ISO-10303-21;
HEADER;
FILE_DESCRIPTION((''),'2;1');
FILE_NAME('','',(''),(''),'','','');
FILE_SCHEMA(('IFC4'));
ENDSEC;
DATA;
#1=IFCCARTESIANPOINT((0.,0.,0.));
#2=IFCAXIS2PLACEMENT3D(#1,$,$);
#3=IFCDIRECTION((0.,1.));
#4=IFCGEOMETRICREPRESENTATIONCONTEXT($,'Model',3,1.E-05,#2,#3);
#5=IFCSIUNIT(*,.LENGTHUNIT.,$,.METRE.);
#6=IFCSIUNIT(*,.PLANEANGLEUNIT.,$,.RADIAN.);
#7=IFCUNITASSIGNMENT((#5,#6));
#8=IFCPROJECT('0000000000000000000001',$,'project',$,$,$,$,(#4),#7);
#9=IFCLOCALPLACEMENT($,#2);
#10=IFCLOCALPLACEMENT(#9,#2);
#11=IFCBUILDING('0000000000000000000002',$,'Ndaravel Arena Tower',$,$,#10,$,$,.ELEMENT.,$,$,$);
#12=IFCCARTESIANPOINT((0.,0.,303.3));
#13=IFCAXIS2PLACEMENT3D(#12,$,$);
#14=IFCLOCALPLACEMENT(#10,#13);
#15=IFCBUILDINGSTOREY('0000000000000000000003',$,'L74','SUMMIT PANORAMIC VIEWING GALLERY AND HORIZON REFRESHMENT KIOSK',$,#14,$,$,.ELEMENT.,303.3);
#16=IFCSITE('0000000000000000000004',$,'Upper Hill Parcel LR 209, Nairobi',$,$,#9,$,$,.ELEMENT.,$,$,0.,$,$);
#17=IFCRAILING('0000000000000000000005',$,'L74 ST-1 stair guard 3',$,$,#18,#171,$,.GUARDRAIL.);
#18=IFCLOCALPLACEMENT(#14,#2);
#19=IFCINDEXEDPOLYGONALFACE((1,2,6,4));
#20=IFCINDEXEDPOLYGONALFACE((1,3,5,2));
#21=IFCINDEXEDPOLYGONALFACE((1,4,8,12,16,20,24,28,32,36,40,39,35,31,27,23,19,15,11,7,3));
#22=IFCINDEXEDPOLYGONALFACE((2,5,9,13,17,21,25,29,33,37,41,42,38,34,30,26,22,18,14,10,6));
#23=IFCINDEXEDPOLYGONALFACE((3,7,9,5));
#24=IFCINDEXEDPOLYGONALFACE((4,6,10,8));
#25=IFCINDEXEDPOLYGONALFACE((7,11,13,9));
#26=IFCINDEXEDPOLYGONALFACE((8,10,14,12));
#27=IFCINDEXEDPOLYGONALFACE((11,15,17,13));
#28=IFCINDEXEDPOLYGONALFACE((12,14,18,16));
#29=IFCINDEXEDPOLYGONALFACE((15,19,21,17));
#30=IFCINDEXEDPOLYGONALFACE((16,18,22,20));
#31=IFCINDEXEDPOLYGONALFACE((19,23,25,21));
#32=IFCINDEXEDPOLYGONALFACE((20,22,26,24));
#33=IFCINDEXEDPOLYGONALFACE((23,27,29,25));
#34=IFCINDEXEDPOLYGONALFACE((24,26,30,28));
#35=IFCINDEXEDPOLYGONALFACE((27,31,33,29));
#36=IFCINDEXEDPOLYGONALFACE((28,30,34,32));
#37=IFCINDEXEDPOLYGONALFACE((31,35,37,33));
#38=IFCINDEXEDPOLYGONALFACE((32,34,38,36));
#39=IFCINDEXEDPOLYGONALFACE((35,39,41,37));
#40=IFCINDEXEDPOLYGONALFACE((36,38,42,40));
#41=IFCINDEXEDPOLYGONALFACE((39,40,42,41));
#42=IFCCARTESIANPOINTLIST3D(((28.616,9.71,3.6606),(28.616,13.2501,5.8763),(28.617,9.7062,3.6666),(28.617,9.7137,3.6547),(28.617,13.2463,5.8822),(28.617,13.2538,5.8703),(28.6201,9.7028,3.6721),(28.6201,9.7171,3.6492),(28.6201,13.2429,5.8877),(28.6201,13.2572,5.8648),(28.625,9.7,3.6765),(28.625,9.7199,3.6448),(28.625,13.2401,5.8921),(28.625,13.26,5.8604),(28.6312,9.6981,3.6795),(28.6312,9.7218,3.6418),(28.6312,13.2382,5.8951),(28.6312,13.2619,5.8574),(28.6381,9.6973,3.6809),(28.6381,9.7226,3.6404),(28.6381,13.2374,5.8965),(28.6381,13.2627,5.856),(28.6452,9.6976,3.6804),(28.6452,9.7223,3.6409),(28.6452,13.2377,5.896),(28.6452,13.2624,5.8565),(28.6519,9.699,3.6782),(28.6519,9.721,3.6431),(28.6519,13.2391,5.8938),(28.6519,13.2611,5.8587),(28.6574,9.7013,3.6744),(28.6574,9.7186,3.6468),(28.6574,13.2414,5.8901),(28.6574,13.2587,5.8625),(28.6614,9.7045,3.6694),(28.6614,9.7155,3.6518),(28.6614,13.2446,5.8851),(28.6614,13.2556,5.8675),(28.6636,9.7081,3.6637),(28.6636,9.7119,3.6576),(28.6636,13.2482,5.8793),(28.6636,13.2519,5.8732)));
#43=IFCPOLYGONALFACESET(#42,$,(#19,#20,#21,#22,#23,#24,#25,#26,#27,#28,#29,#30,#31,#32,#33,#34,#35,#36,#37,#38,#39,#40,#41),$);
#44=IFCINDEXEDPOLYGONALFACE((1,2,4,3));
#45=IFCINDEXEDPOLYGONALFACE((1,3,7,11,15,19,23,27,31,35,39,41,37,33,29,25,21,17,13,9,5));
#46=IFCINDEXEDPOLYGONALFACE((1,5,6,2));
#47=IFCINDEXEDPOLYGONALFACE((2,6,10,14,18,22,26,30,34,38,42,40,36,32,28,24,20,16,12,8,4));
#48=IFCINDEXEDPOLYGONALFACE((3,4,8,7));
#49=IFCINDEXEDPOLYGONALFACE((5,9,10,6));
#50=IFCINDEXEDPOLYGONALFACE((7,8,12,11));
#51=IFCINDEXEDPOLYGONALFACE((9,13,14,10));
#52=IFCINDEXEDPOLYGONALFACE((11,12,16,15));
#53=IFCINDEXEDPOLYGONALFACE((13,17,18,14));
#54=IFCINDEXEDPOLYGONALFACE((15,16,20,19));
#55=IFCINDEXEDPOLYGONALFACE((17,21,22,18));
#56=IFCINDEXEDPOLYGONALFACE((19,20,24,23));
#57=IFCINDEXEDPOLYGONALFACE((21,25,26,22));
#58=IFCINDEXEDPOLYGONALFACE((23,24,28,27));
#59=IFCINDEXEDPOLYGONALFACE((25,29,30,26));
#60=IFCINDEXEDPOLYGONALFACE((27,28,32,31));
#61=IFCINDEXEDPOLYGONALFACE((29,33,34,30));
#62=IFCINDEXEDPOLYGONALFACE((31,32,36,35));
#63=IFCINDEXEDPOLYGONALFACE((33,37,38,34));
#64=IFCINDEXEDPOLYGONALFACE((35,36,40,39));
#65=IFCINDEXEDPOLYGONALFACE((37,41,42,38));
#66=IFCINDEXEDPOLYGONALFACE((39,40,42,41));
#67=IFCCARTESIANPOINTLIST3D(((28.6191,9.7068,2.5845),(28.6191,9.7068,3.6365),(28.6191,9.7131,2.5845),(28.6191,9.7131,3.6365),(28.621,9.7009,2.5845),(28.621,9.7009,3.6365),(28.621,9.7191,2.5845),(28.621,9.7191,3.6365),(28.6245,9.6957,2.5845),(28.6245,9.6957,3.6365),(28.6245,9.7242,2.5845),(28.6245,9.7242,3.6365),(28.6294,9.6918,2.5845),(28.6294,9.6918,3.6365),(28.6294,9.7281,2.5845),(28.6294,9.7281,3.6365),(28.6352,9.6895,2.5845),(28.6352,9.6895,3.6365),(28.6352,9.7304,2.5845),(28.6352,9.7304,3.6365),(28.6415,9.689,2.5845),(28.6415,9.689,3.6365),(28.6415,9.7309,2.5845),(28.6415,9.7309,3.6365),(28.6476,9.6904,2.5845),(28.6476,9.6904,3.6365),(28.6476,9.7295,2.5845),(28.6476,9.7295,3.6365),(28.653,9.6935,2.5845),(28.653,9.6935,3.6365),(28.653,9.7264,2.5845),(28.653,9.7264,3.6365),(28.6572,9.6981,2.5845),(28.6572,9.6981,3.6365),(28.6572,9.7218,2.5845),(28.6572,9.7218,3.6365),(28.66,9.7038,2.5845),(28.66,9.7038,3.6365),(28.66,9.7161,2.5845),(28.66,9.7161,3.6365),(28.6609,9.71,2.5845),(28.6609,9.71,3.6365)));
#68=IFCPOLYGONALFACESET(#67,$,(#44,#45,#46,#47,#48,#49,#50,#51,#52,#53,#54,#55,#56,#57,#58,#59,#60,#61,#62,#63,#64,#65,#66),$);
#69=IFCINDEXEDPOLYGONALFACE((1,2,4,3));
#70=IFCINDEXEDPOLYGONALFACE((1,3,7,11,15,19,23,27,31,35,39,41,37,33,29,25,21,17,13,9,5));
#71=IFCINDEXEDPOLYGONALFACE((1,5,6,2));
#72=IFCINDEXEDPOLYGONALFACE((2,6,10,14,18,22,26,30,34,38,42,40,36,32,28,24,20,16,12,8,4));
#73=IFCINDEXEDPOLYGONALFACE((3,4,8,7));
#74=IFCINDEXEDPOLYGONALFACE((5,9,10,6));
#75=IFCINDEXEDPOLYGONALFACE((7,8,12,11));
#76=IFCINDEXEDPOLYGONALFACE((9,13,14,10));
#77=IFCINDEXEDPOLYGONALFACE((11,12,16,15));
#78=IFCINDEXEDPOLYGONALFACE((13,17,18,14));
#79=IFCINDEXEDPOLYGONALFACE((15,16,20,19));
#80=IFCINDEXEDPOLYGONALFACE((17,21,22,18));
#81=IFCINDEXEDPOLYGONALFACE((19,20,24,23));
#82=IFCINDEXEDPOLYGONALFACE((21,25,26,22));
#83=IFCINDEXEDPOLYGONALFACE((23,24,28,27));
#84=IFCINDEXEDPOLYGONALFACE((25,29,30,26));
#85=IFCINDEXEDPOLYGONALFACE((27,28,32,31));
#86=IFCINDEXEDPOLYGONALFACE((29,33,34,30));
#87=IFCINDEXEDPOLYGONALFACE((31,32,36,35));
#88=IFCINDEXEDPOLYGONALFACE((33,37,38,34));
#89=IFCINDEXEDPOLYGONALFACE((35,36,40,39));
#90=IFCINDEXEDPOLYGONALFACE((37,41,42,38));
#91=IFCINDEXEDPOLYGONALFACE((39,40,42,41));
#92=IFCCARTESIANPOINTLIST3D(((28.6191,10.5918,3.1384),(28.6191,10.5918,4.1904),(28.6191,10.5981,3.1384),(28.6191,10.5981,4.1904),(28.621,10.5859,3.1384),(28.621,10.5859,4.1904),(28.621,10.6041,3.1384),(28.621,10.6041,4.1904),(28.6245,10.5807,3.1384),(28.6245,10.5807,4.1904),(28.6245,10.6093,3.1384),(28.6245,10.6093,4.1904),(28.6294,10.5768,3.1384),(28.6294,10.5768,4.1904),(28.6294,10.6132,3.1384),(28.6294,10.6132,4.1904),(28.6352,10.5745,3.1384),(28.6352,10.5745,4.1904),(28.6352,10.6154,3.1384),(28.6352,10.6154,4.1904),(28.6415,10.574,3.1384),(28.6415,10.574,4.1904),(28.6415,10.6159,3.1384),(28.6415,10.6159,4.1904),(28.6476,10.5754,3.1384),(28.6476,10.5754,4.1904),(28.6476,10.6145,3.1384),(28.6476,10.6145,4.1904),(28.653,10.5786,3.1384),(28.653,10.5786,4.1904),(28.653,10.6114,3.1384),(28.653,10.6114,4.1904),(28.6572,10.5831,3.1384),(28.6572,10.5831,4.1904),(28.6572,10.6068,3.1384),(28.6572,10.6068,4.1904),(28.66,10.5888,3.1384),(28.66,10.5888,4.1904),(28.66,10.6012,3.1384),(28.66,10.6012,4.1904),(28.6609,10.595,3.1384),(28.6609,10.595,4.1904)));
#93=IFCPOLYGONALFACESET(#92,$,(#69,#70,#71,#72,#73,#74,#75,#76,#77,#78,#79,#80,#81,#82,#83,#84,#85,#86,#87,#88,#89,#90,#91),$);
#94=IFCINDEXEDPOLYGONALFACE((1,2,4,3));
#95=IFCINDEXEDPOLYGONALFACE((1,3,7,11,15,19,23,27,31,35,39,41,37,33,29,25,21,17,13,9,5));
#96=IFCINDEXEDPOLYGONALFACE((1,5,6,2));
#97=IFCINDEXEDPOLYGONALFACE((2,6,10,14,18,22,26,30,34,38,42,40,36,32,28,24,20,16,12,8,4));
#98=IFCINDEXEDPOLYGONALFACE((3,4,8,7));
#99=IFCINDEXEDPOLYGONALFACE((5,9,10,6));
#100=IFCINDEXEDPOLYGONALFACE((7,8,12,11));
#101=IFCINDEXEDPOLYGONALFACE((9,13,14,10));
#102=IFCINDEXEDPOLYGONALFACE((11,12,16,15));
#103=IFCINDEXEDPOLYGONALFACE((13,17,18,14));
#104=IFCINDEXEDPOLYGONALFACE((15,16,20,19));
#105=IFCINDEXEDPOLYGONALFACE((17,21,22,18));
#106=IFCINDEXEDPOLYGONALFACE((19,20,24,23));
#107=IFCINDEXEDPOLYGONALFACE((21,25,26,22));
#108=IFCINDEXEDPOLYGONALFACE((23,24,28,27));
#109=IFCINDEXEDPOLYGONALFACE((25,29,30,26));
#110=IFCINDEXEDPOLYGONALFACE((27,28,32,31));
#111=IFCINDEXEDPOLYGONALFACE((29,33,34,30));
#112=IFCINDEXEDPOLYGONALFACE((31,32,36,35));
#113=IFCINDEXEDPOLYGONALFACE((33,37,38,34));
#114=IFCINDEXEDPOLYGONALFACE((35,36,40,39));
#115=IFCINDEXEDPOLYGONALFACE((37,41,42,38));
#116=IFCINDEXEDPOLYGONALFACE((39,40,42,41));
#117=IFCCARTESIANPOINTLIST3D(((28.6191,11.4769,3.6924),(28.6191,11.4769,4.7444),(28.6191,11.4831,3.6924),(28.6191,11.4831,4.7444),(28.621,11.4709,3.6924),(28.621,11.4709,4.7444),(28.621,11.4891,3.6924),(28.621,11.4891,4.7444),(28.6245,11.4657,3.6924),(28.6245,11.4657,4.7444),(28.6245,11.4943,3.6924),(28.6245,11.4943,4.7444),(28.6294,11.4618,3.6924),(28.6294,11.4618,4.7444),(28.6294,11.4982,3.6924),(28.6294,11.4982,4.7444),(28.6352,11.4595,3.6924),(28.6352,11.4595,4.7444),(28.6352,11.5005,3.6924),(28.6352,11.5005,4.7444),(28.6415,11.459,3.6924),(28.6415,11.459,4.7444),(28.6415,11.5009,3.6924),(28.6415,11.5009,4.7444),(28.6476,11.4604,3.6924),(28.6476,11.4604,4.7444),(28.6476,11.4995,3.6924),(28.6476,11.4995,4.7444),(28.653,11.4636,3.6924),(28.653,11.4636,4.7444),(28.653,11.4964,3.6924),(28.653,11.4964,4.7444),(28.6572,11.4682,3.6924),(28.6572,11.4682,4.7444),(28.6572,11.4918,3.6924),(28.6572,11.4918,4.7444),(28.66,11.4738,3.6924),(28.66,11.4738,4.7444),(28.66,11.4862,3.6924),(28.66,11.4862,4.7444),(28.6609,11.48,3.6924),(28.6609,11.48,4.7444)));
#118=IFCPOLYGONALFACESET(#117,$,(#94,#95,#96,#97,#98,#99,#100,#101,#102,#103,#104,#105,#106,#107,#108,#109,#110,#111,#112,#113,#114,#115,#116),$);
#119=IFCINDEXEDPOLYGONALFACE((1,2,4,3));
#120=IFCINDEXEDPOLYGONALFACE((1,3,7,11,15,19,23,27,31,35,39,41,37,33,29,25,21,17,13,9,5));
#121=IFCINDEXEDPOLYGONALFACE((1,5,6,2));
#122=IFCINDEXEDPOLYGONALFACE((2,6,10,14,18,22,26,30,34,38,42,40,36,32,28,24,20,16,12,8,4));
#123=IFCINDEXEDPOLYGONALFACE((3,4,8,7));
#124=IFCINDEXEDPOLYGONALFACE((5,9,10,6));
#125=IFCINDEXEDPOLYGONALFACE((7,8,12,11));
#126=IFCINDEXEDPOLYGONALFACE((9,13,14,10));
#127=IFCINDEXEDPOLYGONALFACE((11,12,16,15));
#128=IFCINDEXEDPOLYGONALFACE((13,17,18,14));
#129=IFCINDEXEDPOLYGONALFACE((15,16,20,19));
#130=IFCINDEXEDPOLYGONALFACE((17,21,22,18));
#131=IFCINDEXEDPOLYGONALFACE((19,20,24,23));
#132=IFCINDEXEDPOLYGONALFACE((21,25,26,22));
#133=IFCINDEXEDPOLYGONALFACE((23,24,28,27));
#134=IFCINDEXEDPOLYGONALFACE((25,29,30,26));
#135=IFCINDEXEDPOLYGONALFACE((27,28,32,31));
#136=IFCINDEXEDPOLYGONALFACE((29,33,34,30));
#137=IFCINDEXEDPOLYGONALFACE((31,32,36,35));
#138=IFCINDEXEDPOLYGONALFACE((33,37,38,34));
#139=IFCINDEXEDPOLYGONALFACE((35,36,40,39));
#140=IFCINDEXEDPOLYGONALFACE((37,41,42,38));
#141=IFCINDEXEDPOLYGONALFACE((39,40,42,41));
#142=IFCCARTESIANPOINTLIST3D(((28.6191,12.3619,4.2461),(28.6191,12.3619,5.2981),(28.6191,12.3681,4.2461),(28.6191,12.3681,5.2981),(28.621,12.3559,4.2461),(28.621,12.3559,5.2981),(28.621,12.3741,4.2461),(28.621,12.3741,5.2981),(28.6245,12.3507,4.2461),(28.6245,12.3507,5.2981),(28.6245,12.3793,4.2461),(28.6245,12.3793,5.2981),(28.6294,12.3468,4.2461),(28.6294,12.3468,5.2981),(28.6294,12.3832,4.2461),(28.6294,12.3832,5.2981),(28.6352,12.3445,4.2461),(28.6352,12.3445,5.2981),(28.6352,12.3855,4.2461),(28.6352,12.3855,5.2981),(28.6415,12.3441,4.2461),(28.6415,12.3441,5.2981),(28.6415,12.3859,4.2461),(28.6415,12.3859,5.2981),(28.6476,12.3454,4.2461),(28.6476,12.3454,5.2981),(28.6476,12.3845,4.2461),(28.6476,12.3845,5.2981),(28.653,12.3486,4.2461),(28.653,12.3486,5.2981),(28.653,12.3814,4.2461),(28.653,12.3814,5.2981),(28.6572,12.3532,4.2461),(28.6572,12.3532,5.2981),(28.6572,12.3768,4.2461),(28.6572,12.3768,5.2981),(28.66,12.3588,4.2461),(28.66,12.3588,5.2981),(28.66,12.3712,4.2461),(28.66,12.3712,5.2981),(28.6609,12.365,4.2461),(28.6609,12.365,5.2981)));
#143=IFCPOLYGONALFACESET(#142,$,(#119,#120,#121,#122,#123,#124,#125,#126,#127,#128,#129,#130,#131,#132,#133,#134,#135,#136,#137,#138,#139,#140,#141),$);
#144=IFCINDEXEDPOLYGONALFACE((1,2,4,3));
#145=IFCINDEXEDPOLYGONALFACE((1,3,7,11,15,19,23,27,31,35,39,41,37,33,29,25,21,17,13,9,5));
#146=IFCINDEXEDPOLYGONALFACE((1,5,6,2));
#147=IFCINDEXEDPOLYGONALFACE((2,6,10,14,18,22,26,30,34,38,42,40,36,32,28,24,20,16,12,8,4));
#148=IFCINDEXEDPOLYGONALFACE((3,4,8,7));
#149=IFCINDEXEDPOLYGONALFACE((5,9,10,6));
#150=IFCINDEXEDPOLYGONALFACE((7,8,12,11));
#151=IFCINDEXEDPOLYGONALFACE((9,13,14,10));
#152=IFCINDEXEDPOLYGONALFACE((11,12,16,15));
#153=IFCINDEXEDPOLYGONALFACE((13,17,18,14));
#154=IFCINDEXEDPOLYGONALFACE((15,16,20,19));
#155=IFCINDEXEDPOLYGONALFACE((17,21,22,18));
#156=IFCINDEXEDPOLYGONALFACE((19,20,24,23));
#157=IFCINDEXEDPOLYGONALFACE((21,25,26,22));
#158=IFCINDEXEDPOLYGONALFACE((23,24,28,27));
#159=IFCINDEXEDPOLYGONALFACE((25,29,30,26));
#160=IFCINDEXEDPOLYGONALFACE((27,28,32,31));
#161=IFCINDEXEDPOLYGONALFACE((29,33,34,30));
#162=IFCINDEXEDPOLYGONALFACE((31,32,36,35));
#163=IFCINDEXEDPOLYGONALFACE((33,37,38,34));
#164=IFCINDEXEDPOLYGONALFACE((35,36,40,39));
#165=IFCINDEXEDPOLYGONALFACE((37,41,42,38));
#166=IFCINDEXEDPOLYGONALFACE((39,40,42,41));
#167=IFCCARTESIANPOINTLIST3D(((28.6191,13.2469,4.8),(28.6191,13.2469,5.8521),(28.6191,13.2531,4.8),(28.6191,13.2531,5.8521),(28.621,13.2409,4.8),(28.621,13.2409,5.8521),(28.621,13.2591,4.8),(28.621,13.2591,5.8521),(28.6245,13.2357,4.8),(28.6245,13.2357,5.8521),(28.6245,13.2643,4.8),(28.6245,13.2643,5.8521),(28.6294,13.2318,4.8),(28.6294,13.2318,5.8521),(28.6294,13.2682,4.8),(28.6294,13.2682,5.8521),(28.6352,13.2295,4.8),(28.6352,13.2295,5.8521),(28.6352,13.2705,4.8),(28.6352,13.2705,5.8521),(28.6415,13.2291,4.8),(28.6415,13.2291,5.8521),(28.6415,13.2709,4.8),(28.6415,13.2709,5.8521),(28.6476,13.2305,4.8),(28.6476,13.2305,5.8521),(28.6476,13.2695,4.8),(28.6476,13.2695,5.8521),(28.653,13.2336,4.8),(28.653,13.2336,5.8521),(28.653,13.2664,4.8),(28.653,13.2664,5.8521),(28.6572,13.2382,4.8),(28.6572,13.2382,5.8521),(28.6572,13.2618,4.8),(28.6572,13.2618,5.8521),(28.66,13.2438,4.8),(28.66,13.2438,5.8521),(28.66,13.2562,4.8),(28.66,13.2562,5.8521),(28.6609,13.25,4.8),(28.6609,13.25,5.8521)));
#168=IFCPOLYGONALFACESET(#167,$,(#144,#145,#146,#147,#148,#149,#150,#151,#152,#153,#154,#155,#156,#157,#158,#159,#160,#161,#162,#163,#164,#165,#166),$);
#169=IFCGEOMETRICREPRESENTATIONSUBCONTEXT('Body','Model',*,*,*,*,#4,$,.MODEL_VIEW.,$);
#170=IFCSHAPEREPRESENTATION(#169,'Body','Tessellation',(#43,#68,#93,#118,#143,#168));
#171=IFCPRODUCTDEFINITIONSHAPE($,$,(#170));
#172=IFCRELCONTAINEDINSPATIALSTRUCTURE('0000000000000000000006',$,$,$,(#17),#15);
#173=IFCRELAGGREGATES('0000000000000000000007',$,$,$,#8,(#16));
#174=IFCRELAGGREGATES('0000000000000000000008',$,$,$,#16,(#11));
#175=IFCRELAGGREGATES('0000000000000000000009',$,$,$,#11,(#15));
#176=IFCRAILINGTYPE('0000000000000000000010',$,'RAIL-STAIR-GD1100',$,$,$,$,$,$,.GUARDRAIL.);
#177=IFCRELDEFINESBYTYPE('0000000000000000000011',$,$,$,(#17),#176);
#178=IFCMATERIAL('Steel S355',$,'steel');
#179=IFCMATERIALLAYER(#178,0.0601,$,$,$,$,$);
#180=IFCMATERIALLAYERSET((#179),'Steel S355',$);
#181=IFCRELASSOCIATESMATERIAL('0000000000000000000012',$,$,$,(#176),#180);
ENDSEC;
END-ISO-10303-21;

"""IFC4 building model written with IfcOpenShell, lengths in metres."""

from ifc_helpers import new_model, si_unit, direction, frame, origin, origin_2d, place, context, subcontext, project, spatial, circle, extrude, material, layer, layer_set, type_object, element, save


model = new_model("IFC4")

# Units and contexts
model_context = context("Model", 3, precision=1e-05, world=origin(), true_north=direction((0.0, 1.0)))
body_context = subcontext(model_context, "Body", "Model", "MODEL_VIEW")
ifc_project = project(units=[si_unit("LENGTHUNIT", "METRE"), si_unit("PLANEANGLEUNIT", "RADIAN")], contexts=[model_context])

# Site, building, storey
site_placement = place(None, origin())
site = spatial("IfcSite", under=ifc_project, at=site_placement, Name="Upper Hill Parcel LR 209, Nairobi", CompositionType="ELEMENT", RefElevation=0.0)
building_placement = place(site_placement, origin())
building = spatial("IfcBuilding", under=site, at=building_placement, Name="Ndaravel Arena Tower", CompositionType="ELEMENT")
storey_placement = place(building_placement, frame((0.0, 0.0, 303.3)))
storey = spatial("IfcBuildingStorey", under=building, at=storey_placement, Name="L74", Description="SUMMIT PANORAMIC VIEWING GALLERY AND HORIZON REFRESHMENT KIOSK", CompositionType="ELEMENT", Elevation=303.3)

# Railing
ifc_material_1 = material(Name="Steel S355", Category="steel")
ifc_layer_1 = layer(ifc_material_1, 0.0601)
ifc_layer_set_1 = layer_set([ifc_layer_1], Name="Steel S355")
railing_type_1 = type_object("IfcRailingType", Name="RAIL-STAIR-GD1100", PredefinedType="GUARDRAIL", material=ifc_layer_set_1)
railing_1_placement = place(storey_placement, frame((28.6399, 9.71, 2.5845)))
element("IfcRailing", 1, at=railing_1_placement, inside=storey, type_object=railing_type_1, Name="L74 ST-1 stair guard 3", PredefinedType="GUARDRAIL", context=body_context, shape_type="SweptSolid", body=[
    extrude(circle(Radius=0.0239, at=origin_2d()), frame((0.0, 0.0, 1.0762), z_axis=(0.0, 0.84767, 0.530524), x_axis=(-1.0, 0.0, 0.0)), (0.0, 0.0, 1.0), 4.1763),
    extrude(circle(Radius=0.021, at=origin_2d()), origin(), (0.0, 0.0, 1.0), 1.052),
    extrude(circle(Radius=0.021, at=origin_2d()), frame((0.0, 0.885, 0.554)), (0.0, 0.0, 1.0), 1.052),
    extrude(circle(Radius=0.021, at=origin_2d()), frame((0.0, 1.77, 1.1079)), (0.0, 0.0, 1.0), 1.052),
    extrude(circle(Radius=0.021, at=origin_2d()), frame((0.0, 2.655, 1.6616)), (0.0, 0.0, 1.0), 1.052),
    extrude(circle(Radius=0.021, at=origin_2d()), frame((0.0, 3.54, 2.2156)), (0.0, 0.0, 1.0), 1.052),
])

save(model, "model.ifc")
